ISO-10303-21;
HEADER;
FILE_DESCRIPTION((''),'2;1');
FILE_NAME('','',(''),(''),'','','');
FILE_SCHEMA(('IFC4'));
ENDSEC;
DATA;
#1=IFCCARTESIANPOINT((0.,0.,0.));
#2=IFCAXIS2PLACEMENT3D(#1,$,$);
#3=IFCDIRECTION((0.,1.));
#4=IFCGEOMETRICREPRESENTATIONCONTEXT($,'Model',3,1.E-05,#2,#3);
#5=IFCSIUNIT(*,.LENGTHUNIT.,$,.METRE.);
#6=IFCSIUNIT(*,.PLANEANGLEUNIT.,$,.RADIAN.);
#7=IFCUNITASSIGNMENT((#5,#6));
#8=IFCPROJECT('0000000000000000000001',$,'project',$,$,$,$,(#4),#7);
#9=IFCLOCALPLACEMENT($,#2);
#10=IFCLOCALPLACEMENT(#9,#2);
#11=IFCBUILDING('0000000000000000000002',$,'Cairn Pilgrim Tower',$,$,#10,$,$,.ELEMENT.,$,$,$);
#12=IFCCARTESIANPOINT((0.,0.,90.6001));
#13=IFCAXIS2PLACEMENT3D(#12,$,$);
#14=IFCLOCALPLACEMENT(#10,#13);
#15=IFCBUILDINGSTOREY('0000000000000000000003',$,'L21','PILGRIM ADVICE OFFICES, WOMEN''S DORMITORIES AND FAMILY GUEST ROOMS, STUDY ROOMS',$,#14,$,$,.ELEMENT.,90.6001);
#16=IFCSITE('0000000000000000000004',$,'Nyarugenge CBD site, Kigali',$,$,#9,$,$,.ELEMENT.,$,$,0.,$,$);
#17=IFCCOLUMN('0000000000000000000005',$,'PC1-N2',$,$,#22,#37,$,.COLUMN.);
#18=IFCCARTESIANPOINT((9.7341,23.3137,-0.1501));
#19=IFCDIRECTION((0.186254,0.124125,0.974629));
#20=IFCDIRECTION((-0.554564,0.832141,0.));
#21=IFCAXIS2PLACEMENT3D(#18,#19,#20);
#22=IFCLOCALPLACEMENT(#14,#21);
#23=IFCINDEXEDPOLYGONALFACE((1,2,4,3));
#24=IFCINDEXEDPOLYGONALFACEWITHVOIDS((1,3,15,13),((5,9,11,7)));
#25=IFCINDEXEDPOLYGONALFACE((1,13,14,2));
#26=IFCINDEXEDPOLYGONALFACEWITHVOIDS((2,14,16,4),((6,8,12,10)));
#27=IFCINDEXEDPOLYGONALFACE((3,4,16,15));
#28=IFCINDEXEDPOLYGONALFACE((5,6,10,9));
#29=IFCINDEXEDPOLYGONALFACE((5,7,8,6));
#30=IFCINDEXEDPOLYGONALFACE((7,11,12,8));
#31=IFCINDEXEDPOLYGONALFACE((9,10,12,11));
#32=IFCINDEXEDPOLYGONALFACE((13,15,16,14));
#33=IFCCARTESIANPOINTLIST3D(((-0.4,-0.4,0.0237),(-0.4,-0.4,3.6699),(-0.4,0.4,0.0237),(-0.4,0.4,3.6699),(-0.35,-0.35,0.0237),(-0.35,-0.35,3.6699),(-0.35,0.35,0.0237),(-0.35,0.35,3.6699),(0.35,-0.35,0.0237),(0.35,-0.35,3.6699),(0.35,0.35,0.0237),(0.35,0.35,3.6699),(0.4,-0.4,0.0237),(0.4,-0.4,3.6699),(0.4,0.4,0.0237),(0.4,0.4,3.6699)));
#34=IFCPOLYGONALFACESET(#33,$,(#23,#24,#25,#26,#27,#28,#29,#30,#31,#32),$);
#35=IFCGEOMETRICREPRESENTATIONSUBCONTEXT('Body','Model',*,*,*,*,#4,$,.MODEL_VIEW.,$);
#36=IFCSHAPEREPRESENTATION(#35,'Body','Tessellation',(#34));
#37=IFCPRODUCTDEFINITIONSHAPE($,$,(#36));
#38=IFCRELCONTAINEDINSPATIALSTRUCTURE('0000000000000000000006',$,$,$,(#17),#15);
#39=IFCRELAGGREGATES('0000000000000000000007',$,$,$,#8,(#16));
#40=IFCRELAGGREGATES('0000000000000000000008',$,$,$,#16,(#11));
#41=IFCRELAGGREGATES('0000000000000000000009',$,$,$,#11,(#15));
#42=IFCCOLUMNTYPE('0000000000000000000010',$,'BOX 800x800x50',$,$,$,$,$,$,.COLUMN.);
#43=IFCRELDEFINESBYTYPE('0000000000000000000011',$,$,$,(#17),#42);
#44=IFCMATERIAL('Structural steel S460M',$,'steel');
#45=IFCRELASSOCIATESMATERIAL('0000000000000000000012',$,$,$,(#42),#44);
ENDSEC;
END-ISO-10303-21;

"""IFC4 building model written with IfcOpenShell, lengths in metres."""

from ifc_helpers import new_model, si_unit, direction, frame, origin, origin_2d, place, context, subcontext, project, spatial, hollow_rectangle, extrude, clip, halfspace, material, material_profile, profile_set, type_object, element, save


model = new_model("IFC4")

# Units and contexts
model_context = context("Model", 3, precision=1e-05, world=origin(), true_north=direction((0.0, 1.0)))
body_context = subcontext(model_context, "Body", "Model", "MODEL_VIEW")
ifc_project = project(units=[si_unit("LENGTHUNIT", "METRE"), si_unit("PLANEANGLEUNIT", "RADIAN")], contexts=[model_context])

# Site, building, storey
site_placement = place(None, origin())
site = spatial("IfcSite", under=ifc_project, at=site_placement, Name="Nyarugenge CBD site, Kigali", CompositionType="ELEMENT", RefElevation=0.0)
building_placement = place(site_placement, origin())
building = spatial("IfcBuilding", under=site, at=building_placement, Name="Cairn Pilgrim Tower", CompositionType="ELEMENT")
storey_placement = place(building_placement, frame((0.0, 0.0, 90.6001)))
storey = spatial("IfcBuildingStorey", under=building, at=storey_placement, Name="L21", Description="PILGRIM ADVICE OFFICES, WOMEN'S DORMITORIES AND FAMILY GUEST ROOMS, STUDY ROOMS", CompositionType="ELEMENT", Elevation=90.6001)

# Column
ifc_material_1 = material(Name="Structural steel S460M", Category="steel")
ifc_material_profile_1 = material_profile(ifc_material_1, hollow_rectangle(XDim=0.8, YDim=0.8, WallThickness=0.05, at=origin_2d()), Name="BOX 800x800x50")
ifc_profile_set_1 = profile_set([ifc_material_profile_1], Name="Structural steel S460M")
column_type_1 = type_object("IfcColumnType", Name="BOX 800x800x50", PredefinedType="COLUMN", material=ifc_profile_set_1)
column_1_placement = place(storey_placement, frame((9.7341, 23.3137, -0.1501), z_axis=(0.186254, 0.124125, 0.974629), x_axis=(-0.554564, 0.832141, 0.0)))
element("IfcColumn", 1, at=column_1_placement, inside=storey, type_object=column_type_1, Name="PC1-N2", PredefinedType="COLUMN", context=body_context, shape_type="Clipping", body=[
    clip(clip(extrude(hollow_rectangle(XDim=0.8, YDim=0.8, WallThickness=0.05, at=origin_2d()), origin(), (0.0, 0.0, 1.0), 3.6938), halfspace(frame((0.0, 0.0, 0.0237), z_axis=(0.0, 0.0, 1.0), x_axis=(1.0, 0.0, 0.0)), True)), halfspace(frame((0.0, 0.0, 3.6699), z_axis=(0.0, 0.0, 1.0), x_axis=(1.0, 0.0, 0.0)), False)),
])

save(model, "model.ifc")
